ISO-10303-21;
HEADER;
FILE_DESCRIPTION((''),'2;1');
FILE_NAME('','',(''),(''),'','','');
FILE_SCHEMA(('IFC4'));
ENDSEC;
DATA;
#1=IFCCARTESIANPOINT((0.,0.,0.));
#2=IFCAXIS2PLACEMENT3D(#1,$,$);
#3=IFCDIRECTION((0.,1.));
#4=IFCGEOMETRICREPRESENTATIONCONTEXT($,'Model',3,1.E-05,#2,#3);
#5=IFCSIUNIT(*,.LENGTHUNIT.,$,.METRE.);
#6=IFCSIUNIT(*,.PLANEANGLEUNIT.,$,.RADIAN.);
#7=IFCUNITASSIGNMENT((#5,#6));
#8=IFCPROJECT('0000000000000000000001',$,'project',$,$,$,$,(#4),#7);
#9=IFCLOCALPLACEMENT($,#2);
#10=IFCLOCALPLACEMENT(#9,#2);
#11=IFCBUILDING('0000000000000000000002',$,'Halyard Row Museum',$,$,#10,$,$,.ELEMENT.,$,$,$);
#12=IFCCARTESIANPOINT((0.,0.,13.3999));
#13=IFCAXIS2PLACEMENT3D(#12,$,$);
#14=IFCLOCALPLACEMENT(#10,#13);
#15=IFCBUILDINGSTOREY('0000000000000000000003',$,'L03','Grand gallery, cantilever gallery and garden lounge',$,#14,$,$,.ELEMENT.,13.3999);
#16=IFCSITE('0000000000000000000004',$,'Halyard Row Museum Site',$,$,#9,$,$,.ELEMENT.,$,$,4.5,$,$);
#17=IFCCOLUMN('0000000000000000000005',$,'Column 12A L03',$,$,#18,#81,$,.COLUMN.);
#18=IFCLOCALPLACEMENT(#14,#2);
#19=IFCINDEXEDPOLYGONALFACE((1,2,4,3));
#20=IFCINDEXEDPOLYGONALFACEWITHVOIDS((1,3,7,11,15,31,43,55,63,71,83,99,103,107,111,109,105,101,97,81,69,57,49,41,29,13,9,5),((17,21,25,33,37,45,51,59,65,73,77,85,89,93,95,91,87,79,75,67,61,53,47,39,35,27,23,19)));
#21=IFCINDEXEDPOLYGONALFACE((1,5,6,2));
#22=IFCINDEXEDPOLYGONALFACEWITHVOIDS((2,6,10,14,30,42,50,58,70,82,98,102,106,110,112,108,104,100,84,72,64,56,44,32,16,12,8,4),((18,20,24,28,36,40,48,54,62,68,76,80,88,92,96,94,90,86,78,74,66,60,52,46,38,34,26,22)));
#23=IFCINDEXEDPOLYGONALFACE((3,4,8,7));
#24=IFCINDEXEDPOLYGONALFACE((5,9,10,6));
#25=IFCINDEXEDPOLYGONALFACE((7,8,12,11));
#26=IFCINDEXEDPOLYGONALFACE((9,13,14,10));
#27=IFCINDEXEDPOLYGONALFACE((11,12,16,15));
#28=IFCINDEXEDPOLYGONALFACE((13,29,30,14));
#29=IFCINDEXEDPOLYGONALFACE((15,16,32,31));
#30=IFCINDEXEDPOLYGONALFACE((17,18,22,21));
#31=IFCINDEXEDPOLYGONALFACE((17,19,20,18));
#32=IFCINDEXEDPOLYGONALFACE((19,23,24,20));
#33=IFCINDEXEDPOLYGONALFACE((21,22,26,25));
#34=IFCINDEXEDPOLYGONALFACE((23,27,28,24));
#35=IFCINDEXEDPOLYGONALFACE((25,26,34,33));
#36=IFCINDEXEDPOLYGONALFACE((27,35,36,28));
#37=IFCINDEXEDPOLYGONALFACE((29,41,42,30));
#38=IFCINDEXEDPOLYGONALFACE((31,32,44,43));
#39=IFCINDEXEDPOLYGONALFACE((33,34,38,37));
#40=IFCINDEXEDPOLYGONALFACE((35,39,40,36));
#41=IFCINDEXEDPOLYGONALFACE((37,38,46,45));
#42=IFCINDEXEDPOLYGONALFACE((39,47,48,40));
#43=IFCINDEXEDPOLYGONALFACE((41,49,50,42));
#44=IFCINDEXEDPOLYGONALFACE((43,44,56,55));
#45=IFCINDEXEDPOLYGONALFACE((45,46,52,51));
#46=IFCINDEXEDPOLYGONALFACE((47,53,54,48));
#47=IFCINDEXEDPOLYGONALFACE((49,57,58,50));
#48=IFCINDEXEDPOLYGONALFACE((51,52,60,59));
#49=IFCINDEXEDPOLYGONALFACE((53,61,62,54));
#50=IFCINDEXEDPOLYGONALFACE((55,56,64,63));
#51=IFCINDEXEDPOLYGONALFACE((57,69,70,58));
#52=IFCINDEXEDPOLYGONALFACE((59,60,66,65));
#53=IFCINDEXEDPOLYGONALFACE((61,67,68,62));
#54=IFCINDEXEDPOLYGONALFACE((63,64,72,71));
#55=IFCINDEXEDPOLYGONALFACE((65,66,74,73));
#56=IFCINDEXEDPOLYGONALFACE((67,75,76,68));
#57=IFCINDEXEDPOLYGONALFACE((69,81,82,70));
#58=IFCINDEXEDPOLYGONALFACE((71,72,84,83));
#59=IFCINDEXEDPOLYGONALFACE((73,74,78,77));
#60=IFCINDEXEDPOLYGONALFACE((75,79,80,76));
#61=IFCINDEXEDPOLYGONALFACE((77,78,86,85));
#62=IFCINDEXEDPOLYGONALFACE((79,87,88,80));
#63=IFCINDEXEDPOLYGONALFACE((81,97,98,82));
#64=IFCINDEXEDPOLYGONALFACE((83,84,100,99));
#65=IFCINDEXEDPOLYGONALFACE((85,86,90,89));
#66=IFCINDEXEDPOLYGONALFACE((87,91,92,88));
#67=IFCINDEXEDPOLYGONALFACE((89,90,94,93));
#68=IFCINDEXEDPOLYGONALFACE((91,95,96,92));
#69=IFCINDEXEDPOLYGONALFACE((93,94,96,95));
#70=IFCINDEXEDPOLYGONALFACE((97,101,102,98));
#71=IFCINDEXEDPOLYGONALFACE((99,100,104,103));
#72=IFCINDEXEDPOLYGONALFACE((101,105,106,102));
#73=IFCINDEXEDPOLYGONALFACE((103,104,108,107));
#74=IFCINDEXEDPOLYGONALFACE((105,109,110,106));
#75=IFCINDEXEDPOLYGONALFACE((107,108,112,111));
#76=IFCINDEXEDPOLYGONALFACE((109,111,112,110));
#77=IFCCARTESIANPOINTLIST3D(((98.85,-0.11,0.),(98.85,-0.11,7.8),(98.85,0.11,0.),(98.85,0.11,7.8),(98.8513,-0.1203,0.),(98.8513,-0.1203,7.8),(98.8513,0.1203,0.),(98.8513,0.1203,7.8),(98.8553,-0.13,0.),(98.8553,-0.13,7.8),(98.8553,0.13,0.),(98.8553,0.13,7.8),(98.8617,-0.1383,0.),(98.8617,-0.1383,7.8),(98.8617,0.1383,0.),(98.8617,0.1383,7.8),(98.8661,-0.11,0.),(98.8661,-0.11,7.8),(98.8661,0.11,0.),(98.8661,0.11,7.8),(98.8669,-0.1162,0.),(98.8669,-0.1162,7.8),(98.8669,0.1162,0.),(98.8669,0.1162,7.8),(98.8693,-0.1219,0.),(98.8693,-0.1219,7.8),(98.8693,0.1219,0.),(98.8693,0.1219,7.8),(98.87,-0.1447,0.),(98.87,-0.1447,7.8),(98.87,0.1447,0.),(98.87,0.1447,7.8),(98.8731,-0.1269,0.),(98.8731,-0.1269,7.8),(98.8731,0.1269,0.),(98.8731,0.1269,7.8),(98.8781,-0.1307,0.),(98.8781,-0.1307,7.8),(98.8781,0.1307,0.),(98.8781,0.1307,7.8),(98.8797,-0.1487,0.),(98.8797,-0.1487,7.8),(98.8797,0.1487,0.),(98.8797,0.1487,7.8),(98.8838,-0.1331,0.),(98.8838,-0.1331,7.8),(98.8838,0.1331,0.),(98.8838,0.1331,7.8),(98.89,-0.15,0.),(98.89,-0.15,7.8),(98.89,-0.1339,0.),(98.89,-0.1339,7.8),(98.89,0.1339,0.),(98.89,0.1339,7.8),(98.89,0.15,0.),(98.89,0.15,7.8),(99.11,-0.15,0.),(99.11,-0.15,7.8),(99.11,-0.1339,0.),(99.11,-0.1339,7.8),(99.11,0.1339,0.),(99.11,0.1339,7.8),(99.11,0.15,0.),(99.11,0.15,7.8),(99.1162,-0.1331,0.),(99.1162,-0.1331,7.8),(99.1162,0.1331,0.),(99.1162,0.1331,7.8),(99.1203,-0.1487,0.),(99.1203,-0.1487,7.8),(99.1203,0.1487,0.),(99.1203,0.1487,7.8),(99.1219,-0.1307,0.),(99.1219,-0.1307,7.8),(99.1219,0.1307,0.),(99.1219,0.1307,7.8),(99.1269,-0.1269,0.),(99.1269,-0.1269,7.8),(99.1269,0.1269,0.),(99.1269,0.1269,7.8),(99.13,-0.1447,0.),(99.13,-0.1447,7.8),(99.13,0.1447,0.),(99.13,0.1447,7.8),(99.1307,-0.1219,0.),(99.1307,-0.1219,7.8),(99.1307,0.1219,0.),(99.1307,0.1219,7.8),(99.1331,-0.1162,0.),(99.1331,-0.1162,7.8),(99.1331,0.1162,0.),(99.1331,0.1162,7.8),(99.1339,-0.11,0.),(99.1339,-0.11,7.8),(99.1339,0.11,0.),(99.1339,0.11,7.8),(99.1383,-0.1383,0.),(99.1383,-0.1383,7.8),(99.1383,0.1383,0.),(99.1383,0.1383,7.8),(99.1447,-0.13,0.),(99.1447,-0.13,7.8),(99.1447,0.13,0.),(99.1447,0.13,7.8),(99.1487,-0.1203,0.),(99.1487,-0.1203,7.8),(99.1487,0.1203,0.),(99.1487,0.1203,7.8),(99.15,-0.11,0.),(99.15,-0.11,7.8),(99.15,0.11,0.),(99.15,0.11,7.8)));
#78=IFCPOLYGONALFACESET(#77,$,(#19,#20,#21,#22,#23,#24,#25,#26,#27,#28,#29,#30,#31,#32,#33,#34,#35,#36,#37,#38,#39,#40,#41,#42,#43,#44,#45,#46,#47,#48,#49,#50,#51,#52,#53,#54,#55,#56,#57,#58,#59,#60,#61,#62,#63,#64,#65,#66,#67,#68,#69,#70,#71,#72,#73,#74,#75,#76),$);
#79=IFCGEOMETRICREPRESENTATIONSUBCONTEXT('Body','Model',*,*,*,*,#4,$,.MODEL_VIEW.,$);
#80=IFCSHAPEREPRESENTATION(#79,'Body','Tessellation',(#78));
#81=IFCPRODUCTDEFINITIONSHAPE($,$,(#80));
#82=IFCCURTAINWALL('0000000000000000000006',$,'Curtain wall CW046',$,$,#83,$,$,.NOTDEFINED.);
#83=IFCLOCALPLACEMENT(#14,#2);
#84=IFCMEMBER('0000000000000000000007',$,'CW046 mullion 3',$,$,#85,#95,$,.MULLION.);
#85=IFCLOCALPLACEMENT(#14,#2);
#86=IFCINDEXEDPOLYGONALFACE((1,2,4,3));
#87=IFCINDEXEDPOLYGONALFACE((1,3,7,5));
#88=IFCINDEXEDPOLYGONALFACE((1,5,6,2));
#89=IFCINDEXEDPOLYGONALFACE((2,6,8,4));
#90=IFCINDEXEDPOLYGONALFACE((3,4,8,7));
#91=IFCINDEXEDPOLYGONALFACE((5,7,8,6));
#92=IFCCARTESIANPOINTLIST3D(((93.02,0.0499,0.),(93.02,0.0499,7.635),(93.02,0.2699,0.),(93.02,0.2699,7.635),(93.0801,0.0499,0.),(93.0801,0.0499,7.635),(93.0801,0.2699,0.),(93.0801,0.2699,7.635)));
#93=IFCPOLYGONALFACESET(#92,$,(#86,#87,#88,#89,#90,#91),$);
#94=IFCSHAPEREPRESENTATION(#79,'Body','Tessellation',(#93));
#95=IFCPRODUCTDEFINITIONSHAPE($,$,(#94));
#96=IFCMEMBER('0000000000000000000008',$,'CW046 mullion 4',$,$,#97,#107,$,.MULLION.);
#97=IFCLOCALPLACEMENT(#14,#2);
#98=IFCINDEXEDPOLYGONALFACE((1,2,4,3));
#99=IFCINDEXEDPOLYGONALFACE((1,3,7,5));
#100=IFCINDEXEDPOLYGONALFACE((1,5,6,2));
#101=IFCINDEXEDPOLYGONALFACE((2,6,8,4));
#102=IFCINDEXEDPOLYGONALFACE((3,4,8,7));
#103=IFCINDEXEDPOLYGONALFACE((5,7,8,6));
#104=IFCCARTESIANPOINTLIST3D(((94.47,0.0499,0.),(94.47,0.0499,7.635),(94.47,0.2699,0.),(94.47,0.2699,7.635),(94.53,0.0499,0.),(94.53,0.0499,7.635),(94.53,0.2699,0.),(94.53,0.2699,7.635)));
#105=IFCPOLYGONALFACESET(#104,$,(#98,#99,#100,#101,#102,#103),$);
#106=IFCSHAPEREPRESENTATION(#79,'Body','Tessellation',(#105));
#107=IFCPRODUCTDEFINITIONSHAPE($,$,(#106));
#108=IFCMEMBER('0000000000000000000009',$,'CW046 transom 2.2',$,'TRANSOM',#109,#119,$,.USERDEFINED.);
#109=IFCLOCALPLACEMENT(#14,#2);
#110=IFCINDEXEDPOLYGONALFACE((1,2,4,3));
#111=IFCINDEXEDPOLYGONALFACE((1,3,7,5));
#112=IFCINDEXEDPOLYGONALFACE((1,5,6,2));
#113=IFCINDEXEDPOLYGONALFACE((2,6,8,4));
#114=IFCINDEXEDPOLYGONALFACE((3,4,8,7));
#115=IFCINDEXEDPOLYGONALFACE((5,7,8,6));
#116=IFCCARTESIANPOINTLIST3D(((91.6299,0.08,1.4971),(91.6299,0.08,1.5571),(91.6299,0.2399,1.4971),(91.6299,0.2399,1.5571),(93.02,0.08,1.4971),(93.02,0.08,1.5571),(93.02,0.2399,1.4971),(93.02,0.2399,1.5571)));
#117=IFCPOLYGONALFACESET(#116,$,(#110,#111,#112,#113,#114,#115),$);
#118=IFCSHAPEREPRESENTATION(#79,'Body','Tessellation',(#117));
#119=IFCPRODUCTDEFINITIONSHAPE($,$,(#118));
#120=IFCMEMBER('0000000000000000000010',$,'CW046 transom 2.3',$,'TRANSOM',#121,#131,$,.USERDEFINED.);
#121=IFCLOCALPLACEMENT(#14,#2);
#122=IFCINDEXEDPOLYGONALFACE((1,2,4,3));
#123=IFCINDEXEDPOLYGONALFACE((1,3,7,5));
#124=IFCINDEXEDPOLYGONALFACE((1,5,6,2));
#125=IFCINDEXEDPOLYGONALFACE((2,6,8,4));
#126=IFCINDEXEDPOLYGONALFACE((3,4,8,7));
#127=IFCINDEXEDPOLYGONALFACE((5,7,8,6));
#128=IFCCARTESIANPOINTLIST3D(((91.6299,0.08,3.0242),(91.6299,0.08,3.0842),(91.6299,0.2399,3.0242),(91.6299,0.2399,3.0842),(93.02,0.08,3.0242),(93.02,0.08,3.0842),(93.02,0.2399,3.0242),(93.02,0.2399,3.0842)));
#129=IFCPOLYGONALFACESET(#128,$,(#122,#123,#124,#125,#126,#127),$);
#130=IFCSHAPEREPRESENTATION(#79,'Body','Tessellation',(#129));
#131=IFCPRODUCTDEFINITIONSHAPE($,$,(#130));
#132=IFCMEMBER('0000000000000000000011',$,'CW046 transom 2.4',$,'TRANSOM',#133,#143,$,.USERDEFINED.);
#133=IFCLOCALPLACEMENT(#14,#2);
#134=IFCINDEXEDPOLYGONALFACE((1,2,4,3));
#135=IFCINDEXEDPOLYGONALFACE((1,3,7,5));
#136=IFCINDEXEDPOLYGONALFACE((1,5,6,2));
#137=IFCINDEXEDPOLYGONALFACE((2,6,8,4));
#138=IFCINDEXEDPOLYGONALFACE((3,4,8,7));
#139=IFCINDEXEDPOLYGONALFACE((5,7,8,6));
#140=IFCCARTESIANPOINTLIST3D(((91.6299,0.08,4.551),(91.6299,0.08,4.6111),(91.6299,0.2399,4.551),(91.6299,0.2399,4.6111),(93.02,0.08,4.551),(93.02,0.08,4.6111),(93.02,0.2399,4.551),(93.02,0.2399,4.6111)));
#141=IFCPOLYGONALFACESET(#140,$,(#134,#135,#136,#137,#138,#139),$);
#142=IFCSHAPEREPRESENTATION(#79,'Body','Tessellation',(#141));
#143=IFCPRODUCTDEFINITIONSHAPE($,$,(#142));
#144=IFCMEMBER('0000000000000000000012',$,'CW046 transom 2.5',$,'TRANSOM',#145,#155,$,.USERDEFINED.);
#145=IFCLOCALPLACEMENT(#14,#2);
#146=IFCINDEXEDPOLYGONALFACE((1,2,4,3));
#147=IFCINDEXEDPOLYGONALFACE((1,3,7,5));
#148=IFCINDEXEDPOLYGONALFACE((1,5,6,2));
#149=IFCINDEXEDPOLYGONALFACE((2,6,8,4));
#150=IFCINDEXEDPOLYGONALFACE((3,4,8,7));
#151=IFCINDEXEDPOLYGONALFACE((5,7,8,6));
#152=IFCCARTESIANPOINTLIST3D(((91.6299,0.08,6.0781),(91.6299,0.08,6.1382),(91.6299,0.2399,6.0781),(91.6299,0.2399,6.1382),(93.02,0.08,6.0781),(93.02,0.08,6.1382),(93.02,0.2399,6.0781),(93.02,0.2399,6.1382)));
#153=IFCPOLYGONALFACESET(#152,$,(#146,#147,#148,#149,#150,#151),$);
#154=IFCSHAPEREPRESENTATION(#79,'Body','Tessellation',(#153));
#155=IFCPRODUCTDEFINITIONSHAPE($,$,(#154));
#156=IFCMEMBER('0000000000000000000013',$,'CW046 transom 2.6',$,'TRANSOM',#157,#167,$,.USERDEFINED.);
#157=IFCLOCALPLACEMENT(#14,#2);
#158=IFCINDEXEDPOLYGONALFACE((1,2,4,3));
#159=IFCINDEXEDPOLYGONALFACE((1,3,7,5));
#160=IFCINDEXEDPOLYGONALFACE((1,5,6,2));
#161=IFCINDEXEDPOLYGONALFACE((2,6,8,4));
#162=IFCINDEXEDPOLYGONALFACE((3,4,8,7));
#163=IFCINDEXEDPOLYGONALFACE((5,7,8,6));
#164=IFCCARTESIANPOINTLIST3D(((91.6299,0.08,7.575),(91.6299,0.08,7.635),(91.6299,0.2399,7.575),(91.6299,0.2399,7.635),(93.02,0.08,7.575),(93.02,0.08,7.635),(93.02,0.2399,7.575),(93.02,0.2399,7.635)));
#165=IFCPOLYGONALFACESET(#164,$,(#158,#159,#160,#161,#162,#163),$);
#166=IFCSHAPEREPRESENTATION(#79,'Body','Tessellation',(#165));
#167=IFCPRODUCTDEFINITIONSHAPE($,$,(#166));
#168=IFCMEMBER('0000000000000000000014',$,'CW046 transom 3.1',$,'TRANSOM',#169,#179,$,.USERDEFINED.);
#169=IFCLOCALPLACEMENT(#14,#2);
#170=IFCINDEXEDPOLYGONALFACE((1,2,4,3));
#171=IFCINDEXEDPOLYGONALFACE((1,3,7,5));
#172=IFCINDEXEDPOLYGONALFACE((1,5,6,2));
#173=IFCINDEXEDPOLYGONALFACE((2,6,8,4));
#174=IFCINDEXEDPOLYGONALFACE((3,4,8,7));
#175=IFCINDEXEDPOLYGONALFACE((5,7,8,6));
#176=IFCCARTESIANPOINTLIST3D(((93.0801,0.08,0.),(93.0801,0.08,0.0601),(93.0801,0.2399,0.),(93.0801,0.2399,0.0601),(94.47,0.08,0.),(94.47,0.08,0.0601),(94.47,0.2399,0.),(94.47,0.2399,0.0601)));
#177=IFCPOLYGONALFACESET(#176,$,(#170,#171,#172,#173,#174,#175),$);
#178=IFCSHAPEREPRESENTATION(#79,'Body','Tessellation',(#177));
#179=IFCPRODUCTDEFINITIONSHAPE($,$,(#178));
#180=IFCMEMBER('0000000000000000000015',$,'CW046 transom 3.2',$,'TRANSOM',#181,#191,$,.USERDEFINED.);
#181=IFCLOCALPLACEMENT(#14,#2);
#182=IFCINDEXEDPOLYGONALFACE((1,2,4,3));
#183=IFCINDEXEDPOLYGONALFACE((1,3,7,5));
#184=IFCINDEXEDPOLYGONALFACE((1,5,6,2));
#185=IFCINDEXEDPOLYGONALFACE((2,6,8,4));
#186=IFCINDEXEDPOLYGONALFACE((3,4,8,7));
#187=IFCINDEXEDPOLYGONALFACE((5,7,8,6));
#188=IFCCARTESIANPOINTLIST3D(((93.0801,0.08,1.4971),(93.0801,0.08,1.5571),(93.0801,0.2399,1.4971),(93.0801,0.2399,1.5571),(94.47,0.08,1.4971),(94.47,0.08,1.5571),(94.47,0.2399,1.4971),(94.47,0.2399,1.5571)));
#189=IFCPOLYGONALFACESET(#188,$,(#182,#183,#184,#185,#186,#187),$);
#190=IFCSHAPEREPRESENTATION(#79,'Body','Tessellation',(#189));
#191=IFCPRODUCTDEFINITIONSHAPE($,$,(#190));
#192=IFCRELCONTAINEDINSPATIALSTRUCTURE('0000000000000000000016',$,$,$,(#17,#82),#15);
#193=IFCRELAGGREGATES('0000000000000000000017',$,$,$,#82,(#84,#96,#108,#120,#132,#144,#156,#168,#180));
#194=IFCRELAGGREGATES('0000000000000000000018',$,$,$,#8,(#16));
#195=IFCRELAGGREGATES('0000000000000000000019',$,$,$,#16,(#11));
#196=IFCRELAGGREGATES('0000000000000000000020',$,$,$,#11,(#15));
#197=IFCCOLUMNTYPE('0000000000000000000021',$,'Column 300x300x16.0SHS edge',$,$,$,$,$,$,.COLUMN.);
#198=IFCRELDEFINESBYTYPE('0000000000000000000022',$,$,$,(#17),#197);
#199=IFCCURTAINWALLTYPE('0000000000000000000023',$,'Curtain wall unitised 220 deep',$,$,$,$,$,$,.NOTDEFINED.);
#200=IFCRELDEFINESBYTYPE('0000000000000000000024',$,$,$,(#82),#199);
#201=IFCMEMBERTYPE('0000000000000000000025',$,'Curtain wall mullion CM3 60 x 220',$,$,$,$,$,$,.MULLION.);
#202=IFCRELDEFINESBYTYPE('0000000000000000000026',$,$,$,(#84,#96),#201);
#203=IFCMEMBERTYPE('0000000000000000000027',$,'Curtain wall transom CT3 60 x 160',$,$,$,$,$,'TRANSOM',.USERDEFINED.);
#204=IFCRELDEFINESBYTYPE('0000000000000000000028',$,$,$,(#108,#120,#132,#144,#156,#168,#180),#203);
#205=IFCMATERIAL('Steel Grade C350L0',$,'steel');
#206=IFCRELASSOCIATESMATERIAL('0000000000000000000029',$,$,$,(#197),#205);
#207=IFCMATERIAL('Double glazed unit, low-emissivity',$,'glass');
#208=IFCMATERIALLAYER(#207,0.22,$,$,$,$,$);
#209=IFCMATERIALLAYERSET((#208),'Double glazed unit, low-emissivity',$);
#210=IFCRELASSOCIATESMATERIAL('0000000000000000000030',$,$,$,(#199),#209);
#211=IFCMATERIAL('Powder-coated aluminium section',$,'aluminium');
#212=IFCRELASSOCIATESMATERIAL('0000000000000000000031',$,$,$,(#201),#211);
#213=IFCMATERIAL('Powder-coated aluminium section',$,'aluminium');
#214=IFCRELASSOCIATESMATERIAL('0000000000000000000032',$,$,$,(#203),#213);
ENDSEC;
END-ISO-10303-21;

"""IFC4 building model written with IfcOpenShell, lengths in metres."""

from ifc_helpers import new_model, si_unit, direction, frame, origin, origin_2d, place, context, subcontext, project, spatial, rectangle, hollow_rectangle, extrude, material, layer, layer_set, material_profile, profile_set, type_object, element, aggregate, save


model = new_model("IFC4")

# Units and contexts
model_context = context("Model", 3, precision=1e-05, world=origin(), true_north=direction((0.0, 1.0)))
body_context = subcontext(model_context, "Body", "Model", "MODEL_VIEW")
ifc_project = project(units=[si_unit("LENGTHUNIT", "METRE"), si_unit("PLANEANGLEUNIT", "RADIAN")], contexts=[model_context])

# Site, building, storey
site_placement = place(None, origin())
site = spatial("IfcSite", under=ifc_project, at=site_placement, Name="Halyard Row Museum Site", CompositionType="ELEMENT", RefElevation=4.5)
building_placement = place(site_placement, origin())
building = spatial("IfcBuilding", under=site, at=building_placement, Name="Halyard Row Museum", CompositionType="ELEMENT")
storey_placement = place(building_placement, frame((0.0, 0.0, 13.3999)))
storey = spatial("IfcBuildingStorey", under=building, at=storey_placement, Name="L03", Description="Grand gallery, cantilever gallery and garden lounge", CompositionType="ELEMENT", Elevation=13.3999)

# Column
ifc_material_1 = material(Name="Steel Grade C350L0", Category="steel")
ifc_material_profile_1 = material_profile(ifc_material_1, hollow_rectangle(XDim=0.3, YDim=0.3, WallThickness=0.0161, InnerFilletRadius=0.0239, OuterFilletRadius=0.04, at=origin_2d()), Name="300x300x16.0SHS")
ifc_profile_set_1 = profile_set([ifc_material_profile_1], Name="Steel Grade C350L0")
column_type = type_object("IfcColumnType", Name="Column 300x300x16.0SHS edge", PredefinedType="COLUMN", material=ifc_profile_set_1)
column_placement = place(storey_placement, frame((99.0, 0.0, 0.0), z_axis=(0.0, 0.0, 1.0), x_axis=(1.0, 0.0, 0.0)))
element("IfcColumn", 1, at=column_placement, inside=storey, type_object=column_type, Name="Column 12A L03", PredefinedType="COLUMN", context=body_context, shape_type="SweptSolid", body=[
    extrude(hollow_rectangle(XDim=0.3, YDim=0.3, WallThickness=0.0161, InnerFilletRadius=0.0239, OuterFilletRadius=0.04, at=origin_2d()), origin(), (0.0, 0.0, 1.0), 7.8),
])

# Curtain wall, members
ifc_material_2 = material(Name="Double glazed unit, low-emissivity", Category="glass")
ifc_layer_1 = layer(ifc_material_2, 0.22)
ifc_layer_set_1 = layer_set([ifc_layer_1], Name="Double glazed unit, low-emissivity")
curtain_wall_type = type_object("IfcCurtainWallType", Name="Curtain wall unitised 220 deep", PredefinedType="NOTDEFINED", material=ifc_layer_set_1)
curtain_wall_placement = place(storey_placement, origin())
curtain_wall = element("IfcCurtainWall", 2, at=curtain_wall_placement, inside=storey, type_object=curtain_wall_type, Name="Curtain wall CW046", PredefinedType="NOTDEFINED")
ifc_material_3 = material(Name="Powder-coated aluminium section", Category="aluminium")
ifc_material_profile_2 = material_profile(ifc_material_3, rectangle(XDim=0.22, YDim=0.0601, at=origin_2d()), Name="220x60 mullion")
ifc_profile_set_2 = profile_set([ifc_material_profile_2], Name="Powder-coated aluminium section")
member_type_1 = type_object("IfcMemberType", Name="Curtain wall mullion CM3 60 x 220", PredefinedType="MULLION", material=ifc_profile_set_2)
member_1_placement = place(storey_placement, frame((93.05, 0.1599, 0.0), z_axis=(0.0, 0.0, 1.0), x_axis=(0.0, 1.0, 0.0)))
member_1 = element("IfcMember", 3, at=member_1_placement, type_object=member_type_1, Name="CW046 mullion 3", PredefinedType="MULLION", context=body_context, shape_type="SweptSolid", body=[
    extrude(rectangle(XDim=0.22, YDim=0.0601, at=origin_2d()), origin(), (0.0, 0.0, 1.0), 7.635),
])
member_2_placement = place(storey_placement, frame((94.5, 0.1599, 0.0), z_axis=(0.0, 0.0, 1.0), x_axis=(0.0, 1.0, 0.0)))
member_2 = element("IfcMember", 4, at=member_2_placement, type_object=member_type_1, Name="CW046 mullion 4", PredefinedType="MULLION", context=body_context, shape_type="SweptSolid", body=[
    extrude(rectangle(XDim=0.22, YDim=0.0601, at=origin_2d()), origin(), (0.0, 0.0, 1.0), 7.635),
])
ifc_material_4 = material(Name="Powder-coated aluminium section", Category="aluminium")
ifc_material_profile_3 = material_profile(ifc_material_4, rectangle(XDim=0.1599, YDim=0.0601, at=origin_2d()), Name="160x60 transom")
ifc_profile_set_3 = profile_set([ifc_material_profile_3], Name="Powder-coated aluminium section")
member_type_2 = type_object("IfcMemberType", Name="Curtain wall transom CT3 60 x 160", ElementType="TRANSOM", PredefinedType="USERDEFINED", material=ifc_profile_set_3)
member_3_placement = place(storey_placement, frame((91.6299, 0.1599, 1.5271), z_axis=(1.0, 0.0, 0.0), x_axis=(0.0, 1.0, 0.0)))
member_3 = element("IfcMember", 5, at=member_3_placement, type_object=member_type_2, Name="CW046 transom 2.2", ObjectType="TRANSOM", PredefinedType="USERDEFINED", context=body_context, shape_type="SweptSolid", body=[
    extrude(rectangle(XDim=0.1599, YDim=0.0601, at=origin_2d()), origin(), (0.0, 0.0, 1.0), 1.3901),
])
member_4_placement = place(storey_placement, frame((91.6299, 0.1599, 3.0542), z_axis=(1.0, 0.0, 0.0), x_axis=(0.0, 1.0, 0.0)))
member_4 = element("IfcMember", 6, at=member_4_placement, type_object=member_type_2, Name="CW046 transom 2.3", ObjectType="TRANSOM", PredefinedType="USERDEFINED", context=body_context, shape_type="SweptSolid", body=[
    extrude(rectangle(XDim=0.1599, YDim=0.0601, at=origin_2d()), origin(), (0.0, 0.0, 1.0), 1.3901),
])
member_5_placement = place(storey_placement, frame((91.6299, 0.1599, 4.5811), z_axis=(1.0, 0.0, 0.0), x_axis=(0.0, 1.0, 0.0)))
member_5 = element("IfcMember", 7, at=member_5_placement, type_object=member_type_2, Name="CW046 transom 2.4", ObjectType="TRANSOM", PredefinedType="USERDEFINED", context=body_context, shape_type="SweptSolid", body=[
    extrude(rectangle(XDim=0.1599, YDim=0.0601, at=origin_2d()), origin(), (0.0, 0.0, 1.0), 1.3901),
])
member_6_placement = place(storey_placement, frame((91.6299, 0.1599, 6.1082), z_axis=(1.0, 0.0, 0.0), x_axis=(0.0, 1.0, 0.0)))
member_6 = element("IfcMember", 8, at=member_6_placement, type_object=member_type_2, Name="CW046 transom 2.5", ObjectType="TRANSOM", PredefinedType="USERDEFINED", context=body_context, shape_type="SweptSolid", body=[
    extrude(rectangle(XDim=0.1599, YDim=0.0601, at=origin_2d()), origin(), (0.0, 0.0, 1.0), 1.3901),
])
member_7_placement = place(storey_placement, frame((91.6299, 0.1599, 7.605), z_axis=(1.0, 0.0, 0.0), x_axis=(0.0, 1.0, 0.0)))
member_7 = element("IfcMember", 9, at=member_7_placement, type_object=member_type_2, Name="CW046 transom 2.6", ObjectType="TRANSOM", PredefinedType="USERDEFINED", context=body_context, shape_type="SweptSolid", body=[
    extrude(rectangle(XDim=0.1599, YDim=0.0601, at=origin_2d()), origin(), (0.0, 0.0, 1.0), 1.3901),
])
member_8_placement = place(storey_placement, frame((93.0801, 0.1599, 0.03), z_axis=(1.0, 0.0, 0.0), x_axis=(0.0, 1.0, 0.0)))
member_8 = element("IfcMember", 10, at=member_8_placement, type_object=member_type_2, Name="CW046 transom 3.1", ObjectType="TRANSOM", PredefinedType="USERDEFINED", context=body_context, shape_type="SweptSolid", body=[
    extrude(rectangle(XDim=0.1599, YDim=0.0601, at=origin_2d()), origin(), (0.0, 0.0, 1.0), 1.3899),
])
member_9_placement = place(storey_placement, frame((93.0801, 0.1599, 1.5271), z_axis=(1.0, 0.0, 0.0), x_axis=(0.0, 1.0, 0.0)))
member_9 = element("IfcMember", 11, at=member_9_placement, type_object=member_type_2, Name="CW046 transom 3.2", ObjectType="TRANSOM", PredefinedType="USERDEFINED", context=body_context, shape_type="SweptSolid", body=[
    extrude(rectangle(XDim=0.1599, YDim=0.0601, at=origin_2d()), origin(), (0.0, 0.0, 1.0), 1.3899),
])

aggregate(curtain_wall, [member_1, member_2, member_3, member_4, member_5, member_6, member_7, member_8, member_9])

save(model, "model.ifc")
